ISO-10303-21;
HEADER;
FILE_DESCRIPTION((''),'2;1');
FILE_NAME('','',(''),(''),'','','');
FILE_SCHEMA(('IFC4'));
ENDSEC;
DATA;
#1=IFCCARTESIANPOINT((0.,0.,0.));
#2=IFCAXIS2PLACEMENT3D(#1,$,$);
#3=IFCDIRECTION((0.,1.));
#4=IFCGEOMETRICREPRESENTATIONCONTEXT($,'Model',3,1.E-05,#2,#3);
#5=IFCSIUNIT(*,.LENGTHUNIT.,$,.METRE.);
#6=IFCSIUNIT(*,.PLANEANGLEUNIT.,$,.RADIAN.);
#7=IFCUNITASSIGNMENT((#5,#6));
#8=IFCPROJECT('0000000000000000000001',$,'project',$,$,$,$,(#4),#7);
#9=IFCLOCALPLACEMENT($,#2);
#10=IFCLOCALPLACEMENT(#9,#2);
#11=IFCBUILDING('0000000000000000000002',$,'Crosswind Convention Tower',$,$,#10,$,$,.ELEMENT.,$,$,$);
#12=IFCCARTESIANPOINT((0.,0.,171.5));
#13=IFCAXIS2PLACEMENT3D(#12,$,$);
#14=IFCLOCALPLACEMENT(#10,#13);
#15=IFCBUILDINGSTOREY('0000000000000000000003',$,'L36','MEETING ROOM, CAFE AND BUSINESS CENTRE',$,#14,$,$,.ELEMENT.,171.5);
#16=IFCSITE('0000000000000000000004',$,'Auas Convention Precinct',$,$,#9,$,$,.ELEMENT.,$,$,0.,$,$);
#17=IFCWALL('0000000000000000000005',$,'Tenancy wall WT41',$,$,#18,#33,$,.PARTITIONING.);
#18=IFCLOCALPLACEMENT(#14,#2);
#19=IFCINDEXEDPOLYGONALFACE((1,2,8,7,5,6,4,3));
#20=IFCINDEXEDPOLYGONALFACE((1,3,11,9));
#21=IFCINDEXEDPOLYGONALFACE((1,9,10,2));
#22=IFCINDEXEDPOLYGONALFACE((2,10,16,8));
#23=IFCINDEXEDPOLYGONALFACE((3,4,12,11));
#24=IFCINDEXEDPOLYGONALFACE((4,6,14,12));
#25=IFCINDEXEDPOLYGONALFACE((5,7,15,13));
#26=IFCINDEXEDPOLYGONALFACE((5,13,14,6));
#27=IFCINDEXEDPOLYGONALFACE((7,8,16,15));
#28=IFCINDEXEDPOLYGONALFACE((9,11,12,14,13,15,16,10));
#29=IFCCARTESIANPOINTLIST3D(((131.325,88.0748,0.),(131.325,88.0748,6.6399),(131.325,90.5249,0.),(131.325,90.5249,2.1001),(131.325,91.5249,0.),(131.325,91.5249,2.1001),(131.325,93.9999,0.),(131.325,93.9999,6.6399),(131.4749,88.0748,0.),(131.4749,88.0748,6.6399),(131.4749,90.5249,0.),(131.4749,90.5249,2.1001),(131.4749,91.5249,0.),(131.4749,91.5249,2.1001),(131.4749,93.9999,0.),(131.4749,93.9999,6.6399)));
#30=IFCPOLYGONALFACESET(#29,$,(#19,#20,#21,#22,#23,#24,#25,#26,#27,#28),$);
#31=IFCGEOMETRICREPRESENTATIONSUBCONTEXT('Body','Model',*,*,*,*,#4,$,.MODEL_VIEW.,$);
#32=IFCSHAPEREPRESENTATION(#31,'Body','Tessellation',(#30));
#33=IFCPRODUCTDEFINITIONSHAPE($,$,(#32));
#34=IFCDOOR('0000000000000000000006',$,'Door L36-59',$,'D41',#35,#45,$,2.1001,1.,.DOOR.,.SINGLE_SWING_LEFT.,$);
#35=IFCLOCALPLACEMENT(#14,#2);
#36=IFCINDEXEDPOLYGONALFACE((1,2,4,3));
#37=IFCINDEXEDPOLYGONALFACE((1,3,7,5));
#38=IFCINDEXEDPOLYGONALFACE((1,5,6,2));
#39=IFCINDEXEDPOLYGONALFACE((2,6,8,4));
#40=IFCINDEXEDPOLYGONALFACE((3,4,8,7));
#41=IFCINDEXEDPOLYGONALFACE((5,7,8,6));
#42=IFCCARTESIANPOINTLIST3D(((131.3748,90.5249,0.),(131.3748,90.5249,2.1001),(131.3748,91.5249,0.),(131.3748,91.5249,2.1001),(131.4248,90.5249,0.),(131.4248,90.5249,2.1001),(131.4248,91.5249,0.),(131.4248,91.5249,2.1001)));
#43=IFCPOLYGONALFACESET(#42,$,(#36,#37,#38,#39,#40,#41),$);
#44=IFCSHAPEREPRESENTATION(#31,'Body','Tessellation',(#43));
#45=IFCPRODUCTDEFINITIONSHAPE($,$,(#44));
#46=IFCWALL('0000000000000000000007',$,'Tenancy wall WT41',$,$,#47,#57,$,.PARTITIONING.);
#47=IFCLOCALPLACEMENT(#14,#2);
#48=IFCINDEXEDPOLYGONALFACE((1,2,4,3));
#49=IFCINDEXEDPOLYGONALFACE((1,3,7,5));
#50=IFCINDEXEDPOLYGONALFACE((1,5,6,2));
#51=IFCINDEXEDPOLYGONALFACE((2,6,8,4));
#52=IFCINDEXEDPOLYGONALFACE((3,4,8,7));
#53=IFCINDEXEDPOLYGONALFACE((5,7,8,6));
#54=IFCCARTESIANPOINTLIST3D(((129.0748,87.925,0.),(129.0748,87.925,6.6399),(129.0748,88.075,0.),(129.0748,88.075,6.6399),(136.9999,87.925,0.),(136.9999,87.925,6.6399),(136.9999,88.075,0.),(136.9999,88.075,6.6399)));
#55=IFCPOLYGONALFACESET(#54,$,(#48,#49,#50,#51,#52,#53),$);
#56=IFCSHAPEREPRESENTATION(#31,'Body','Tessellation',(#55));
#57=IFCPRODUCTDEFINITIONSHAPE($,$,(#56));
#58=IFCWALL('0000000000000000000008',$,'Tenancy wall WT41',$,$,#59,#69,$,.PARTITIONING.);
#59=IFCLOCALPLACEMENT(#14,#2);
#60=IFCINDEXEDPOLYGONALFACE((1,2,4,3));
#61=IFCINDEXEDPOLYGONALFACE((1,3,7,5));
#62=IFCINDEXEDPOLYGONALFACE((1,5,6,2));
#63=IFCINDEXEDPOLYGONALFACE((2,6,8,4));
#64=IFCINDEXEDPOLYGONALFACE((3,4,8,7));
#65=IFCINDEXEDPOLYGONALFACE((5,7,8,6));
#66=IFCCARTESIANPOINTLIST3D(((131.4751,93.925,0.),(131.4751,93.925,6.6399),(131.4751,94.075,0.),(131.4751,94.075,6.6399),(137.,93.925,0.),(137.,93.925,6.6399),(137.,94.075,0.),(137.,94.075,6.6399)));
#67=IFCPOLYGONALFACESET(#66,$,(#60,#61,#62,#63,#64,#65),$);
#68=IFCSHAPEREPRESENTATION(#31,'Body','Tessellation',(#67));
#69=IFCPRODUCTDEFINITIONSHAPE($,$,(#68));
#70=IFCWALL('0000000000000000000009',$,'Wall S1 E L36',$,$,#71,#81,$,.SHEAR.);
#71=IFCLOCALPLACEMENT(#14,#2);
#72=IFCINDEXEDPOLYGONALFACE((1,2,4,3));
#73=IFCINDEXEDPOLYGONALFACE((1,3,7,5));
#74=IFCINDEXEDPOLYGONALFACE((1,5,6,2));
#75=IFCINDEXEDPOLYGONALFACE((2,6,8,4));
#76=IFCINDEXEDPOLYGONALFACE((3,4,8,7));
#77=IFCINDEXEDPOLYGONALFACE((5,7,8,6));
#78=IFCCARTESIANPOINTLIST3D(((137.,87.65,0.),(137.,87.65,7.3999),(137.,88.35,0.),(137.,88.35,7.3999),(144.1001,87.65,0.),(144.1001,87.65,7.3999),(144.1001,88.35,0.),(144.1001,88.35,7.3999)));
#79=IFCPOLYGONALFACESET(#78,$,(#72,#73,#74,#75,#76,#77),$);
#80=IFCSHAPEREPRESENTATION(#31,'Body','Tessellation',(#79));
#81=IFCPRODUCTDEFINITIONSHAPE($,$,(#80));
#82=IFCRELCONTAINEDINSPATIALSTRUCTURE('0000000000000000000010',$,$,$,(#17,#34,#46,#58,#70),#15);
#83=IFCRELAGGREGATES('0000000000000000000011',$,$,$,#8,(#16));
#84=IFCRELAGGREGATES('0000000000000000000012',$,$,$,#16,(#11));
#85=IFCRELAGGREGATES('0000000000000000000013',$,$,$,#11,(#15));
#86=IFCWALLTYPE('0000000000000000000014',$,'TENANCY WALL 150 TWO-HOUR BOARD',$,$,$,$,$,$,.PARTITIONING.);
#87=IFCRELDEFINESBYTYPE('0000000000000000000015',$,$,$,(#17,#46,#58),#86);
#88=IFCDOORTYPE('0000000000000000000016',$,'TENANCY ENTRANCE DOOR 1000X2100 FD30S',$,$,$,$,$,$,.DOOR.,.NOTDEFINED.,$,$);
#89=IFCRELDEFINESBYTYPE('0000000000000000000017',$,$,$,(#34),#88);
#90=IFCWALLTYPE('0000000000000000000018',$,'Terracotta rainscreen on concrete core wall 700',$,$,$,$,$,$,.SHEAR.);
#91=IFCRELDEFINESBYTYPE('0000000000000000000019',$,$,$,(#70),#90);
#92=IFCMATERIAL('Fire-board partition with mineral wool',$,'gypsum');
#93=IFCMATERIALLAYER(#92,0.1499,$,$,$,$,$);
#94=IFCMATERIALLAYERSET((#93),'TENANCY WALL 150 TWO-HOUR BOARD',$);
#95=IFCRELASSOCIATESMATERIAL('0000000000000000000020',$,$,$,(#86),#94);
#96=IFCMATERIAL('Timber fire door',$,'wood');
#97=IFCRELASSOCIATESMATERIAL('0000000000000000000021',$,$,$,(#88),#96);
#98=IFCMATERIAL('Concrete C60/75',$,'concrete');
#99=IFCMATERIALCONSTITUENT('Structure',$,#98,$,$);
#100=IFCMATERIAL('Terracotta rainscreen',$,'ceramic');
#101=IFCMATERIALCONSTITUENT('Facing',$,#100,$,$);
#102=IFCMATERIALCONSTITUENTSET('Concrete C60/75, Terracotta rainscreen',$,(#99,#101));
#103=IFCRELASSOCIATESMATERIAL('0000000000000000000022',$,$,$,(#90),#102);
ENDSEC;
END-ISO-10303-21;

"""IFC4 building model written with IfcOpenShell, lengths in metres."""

from ifc_helpers import new_model, si_unit, direction, frame, frame_2d, origin, place, context, subcontext, project, spatial, rectangle, extrude, material, layer, layer_set, constituent, constituent_set, type_object, element, fill, save


model = new_model("IFC4")

# Units and contexts
model_context = context("Model", 3, precision=1e-05, world=origin(), true_north=direction((0.0, 1.0)))
body_context = subcontext(model_context, "Body", "Model", "MODEL_VIEW")
ifc_project = project(units=[si_unit("LENGTHUNIT", "METRE"), si_unit("PLANEANGLEUNIT", "RADIAN")], contexts=[model_context])

# Site, building, storey
site_placement = place(None, origin())
site = spatial("IfcSite", under=ifc_project, at=site_placement, Name="Auas Convention Precinct", CompositionType="ELEMENT", RefElevation=0.0)
building_placement = place(site_placement, origin())
building = spatial("IfcBuilding", under=site, at=building_placement, Name="Crosswind Convention Tower", CompositionType="ELEMENT")
storey_placement = place(building_placement, frame((0.0, 0.0, 171.5)))
storey = spatial("IfcBuildingStorey", under=building, at=storey_placement, Name="L36", Description="MEETING ROOM, CAFE AND BUSINESS CENTRE", CompositionType="ELEMENT", Elevation=171.5)

# Shared definitions
ifc_material_1 = material(Name="Concrete C60/75", Category="concrete")

# Wall, opening, door
ifc_material_2 = material(Name="Fire-board partition with mineral wool", Category="gypsum")
ifc_layer_1 = layer(ifc_material_2, 0.1499)
ifc_layer_set_1 = layer_set([ifc_layer_1], Name="TENANCY WALL 150 TWO-HOUR BOARD")
wall_type_1 = type_object("IfcWallType", Name="TENANCY WALL 150 TWO-HOUR BOARD", PredefinedType="PARTITIONING", material=ifc_layer_set_1)
wall_1_placement = place(storey_placement, frame((131.3999, 88.075, 0.0), z_axis=(0.0, 0.0, 1.0), x_axis=(0.0, 1.0, 0.0)))
wall_1 = element("IfcWall", 1, at=wall_1_placement, inside=storey, type_object=wall_type_1, Name="Tenancy wall WT41", PredefinedType="PARTITIONING", context=body_context, shape_type="SweptSolid", body=[
    extrude(rectangle(XDim=5.925, YDim=0.1499, at=frame_2d((2.9624, 0.0))), origin(), (0.0, 0.0, 1.0), 6.6399),
])
opening_1_placement = place(wall_1_placement, frame((2.45, 0.0, 0.0)))
opening_1 = element("IfcOpeningElement", 2, at=opening_1_placement, cuts=wall_1, PredefinedType="OPENING", context=body_context, shape_type="SweptSolid", body=[
    extrude(rectangle(XDim=1.0, YDim=2.1001, at=frame_2d((0.5, 1.05))), frame((0.0, 0.085, 0.0), z_axis=(0.0, -1.0, 0.0), x_axis=(1.0, 0.0, 0.0)), (0.0, 0.0, 1.0), 0.1699),
])
ifc_material_3 = material(Name="Timber fire door", Category="wood")
door_type_1 = type_object("IfcDoorType", Name="TENANCY ENTRANCE DOOR 1000X2100 FD30S", OperationType="NOTDEFINED", PredefinedType="DOOR", material=ifc_material_3)
door_1_placement = place(opening_1_placement, frame((1.0, 0.0, 0.0), z_axis=(0.0, 0.0, 1.0), x_axis=(-1.0, 0.0, 0.0)))
door_1 = element("IfcDoor", 3, at=door_1_placement, inside=storey, type_object=door_type_1, Name="Door L36-59", ObjectType="D41", OperationType="SINGLE_SWING_LEFT", OverallHeight=2.1001, OverallWidth=1.0, PredefinedType="DOOR", context=body_context, shape_type="SweptSolid", body=[
    extrude(rectangle(XDim=1.0, YDim=2.1001, at=frame_2d((0.5, 1.05))), frame((0.0, 0.0249, 0.0), z_axis=(0.0, -1.0, 0.0), x_axis=(1.0, 0.0, 0.0)), (0.0, 0.0, 1.0), 0.05),
])
fill(opening_1, door_1)

# Walls
wall_2_placement = place(storey_placement, frame((129.075, 88.0, 0.0), z_axis=(0.0, 0.0, 1.0), x_axis=(1.0, 0.0, 0.0)))
element("IfcWall", 4, at=wall_2_placement, inside=storey, type_object=wall_type_1, Name="Tenancy wall WT41", PredefinedType="PARTITIONING", context=body_context, shape_type="SweptSolid", body=[
    extrude(rectangle(XDim=7.925, YDim=0.1499, at=frame_2d((3.9624, 0.0))), origin(), (0.0, 0.0, 1.0), 6.6399),
])
wall_3_placement = place(storey_placement, frame((131.4751, 94.0, 0.0), z_axis=(0.0, 0.0, 1.0), x_axis=(1.0, 0.0, 0.0)))
element("IfcWall", 5, at=wall_3_placement, inside=storey, type_object=wall_type_1, Name="Tenancy wall WT41", PredefinedType="PARTITIONING", context=body_context, shape_type="SweptSolid", body=[
    extrude(rectangle(XDim=5.5249, YDim=0.1499, at=frame_2d((2.7625, 0.0))), origin(), (0.0, 0.0, 1.0), 6.6399),
])
ifc_constituent_1 = constituent(ifc_material_1, Name="Structure")
ifc_material_4 = material(Name="Terracotta rainscreen", Category="ceramic")
ifc_constituent_2 = constituent(ifc_material_4, Name="Facing")
ifc_constituent_set = constituent_set(constituents=[ifc_constituent_1, ifc_constituent_2], Name="Concrete C60/75, Terracotta rainscreen")
wall_type_2 = type_object("IfcWallType", Name="Terracotta rainscreen on concrete core wall 700", PredefinedType="SHEAR", material=ifc_constituent_set)
wall_4_placement = place(storey_placement, frame((137.0, 88.0, 0.0), z_axis=(0.0, 0.0, 1.0), x_axis=(1.0, 0.0, 0.0)))
element("IfcWall", 6, at=wall_4_placement, inside=storey, type_object=wall_type_2, Name="Wall S1 E L36", PredefinedType="SHEAR", context=body_context, shape_type="SweptSolid", body=[
    extrude(rectangle(XDim=7.1001, YDim=0.7, at=frame_2d((3.55, 0.0))), origin(), (0.0, 0.0, 1.0), 7.3999),
])

save(model, "model.ifc")
